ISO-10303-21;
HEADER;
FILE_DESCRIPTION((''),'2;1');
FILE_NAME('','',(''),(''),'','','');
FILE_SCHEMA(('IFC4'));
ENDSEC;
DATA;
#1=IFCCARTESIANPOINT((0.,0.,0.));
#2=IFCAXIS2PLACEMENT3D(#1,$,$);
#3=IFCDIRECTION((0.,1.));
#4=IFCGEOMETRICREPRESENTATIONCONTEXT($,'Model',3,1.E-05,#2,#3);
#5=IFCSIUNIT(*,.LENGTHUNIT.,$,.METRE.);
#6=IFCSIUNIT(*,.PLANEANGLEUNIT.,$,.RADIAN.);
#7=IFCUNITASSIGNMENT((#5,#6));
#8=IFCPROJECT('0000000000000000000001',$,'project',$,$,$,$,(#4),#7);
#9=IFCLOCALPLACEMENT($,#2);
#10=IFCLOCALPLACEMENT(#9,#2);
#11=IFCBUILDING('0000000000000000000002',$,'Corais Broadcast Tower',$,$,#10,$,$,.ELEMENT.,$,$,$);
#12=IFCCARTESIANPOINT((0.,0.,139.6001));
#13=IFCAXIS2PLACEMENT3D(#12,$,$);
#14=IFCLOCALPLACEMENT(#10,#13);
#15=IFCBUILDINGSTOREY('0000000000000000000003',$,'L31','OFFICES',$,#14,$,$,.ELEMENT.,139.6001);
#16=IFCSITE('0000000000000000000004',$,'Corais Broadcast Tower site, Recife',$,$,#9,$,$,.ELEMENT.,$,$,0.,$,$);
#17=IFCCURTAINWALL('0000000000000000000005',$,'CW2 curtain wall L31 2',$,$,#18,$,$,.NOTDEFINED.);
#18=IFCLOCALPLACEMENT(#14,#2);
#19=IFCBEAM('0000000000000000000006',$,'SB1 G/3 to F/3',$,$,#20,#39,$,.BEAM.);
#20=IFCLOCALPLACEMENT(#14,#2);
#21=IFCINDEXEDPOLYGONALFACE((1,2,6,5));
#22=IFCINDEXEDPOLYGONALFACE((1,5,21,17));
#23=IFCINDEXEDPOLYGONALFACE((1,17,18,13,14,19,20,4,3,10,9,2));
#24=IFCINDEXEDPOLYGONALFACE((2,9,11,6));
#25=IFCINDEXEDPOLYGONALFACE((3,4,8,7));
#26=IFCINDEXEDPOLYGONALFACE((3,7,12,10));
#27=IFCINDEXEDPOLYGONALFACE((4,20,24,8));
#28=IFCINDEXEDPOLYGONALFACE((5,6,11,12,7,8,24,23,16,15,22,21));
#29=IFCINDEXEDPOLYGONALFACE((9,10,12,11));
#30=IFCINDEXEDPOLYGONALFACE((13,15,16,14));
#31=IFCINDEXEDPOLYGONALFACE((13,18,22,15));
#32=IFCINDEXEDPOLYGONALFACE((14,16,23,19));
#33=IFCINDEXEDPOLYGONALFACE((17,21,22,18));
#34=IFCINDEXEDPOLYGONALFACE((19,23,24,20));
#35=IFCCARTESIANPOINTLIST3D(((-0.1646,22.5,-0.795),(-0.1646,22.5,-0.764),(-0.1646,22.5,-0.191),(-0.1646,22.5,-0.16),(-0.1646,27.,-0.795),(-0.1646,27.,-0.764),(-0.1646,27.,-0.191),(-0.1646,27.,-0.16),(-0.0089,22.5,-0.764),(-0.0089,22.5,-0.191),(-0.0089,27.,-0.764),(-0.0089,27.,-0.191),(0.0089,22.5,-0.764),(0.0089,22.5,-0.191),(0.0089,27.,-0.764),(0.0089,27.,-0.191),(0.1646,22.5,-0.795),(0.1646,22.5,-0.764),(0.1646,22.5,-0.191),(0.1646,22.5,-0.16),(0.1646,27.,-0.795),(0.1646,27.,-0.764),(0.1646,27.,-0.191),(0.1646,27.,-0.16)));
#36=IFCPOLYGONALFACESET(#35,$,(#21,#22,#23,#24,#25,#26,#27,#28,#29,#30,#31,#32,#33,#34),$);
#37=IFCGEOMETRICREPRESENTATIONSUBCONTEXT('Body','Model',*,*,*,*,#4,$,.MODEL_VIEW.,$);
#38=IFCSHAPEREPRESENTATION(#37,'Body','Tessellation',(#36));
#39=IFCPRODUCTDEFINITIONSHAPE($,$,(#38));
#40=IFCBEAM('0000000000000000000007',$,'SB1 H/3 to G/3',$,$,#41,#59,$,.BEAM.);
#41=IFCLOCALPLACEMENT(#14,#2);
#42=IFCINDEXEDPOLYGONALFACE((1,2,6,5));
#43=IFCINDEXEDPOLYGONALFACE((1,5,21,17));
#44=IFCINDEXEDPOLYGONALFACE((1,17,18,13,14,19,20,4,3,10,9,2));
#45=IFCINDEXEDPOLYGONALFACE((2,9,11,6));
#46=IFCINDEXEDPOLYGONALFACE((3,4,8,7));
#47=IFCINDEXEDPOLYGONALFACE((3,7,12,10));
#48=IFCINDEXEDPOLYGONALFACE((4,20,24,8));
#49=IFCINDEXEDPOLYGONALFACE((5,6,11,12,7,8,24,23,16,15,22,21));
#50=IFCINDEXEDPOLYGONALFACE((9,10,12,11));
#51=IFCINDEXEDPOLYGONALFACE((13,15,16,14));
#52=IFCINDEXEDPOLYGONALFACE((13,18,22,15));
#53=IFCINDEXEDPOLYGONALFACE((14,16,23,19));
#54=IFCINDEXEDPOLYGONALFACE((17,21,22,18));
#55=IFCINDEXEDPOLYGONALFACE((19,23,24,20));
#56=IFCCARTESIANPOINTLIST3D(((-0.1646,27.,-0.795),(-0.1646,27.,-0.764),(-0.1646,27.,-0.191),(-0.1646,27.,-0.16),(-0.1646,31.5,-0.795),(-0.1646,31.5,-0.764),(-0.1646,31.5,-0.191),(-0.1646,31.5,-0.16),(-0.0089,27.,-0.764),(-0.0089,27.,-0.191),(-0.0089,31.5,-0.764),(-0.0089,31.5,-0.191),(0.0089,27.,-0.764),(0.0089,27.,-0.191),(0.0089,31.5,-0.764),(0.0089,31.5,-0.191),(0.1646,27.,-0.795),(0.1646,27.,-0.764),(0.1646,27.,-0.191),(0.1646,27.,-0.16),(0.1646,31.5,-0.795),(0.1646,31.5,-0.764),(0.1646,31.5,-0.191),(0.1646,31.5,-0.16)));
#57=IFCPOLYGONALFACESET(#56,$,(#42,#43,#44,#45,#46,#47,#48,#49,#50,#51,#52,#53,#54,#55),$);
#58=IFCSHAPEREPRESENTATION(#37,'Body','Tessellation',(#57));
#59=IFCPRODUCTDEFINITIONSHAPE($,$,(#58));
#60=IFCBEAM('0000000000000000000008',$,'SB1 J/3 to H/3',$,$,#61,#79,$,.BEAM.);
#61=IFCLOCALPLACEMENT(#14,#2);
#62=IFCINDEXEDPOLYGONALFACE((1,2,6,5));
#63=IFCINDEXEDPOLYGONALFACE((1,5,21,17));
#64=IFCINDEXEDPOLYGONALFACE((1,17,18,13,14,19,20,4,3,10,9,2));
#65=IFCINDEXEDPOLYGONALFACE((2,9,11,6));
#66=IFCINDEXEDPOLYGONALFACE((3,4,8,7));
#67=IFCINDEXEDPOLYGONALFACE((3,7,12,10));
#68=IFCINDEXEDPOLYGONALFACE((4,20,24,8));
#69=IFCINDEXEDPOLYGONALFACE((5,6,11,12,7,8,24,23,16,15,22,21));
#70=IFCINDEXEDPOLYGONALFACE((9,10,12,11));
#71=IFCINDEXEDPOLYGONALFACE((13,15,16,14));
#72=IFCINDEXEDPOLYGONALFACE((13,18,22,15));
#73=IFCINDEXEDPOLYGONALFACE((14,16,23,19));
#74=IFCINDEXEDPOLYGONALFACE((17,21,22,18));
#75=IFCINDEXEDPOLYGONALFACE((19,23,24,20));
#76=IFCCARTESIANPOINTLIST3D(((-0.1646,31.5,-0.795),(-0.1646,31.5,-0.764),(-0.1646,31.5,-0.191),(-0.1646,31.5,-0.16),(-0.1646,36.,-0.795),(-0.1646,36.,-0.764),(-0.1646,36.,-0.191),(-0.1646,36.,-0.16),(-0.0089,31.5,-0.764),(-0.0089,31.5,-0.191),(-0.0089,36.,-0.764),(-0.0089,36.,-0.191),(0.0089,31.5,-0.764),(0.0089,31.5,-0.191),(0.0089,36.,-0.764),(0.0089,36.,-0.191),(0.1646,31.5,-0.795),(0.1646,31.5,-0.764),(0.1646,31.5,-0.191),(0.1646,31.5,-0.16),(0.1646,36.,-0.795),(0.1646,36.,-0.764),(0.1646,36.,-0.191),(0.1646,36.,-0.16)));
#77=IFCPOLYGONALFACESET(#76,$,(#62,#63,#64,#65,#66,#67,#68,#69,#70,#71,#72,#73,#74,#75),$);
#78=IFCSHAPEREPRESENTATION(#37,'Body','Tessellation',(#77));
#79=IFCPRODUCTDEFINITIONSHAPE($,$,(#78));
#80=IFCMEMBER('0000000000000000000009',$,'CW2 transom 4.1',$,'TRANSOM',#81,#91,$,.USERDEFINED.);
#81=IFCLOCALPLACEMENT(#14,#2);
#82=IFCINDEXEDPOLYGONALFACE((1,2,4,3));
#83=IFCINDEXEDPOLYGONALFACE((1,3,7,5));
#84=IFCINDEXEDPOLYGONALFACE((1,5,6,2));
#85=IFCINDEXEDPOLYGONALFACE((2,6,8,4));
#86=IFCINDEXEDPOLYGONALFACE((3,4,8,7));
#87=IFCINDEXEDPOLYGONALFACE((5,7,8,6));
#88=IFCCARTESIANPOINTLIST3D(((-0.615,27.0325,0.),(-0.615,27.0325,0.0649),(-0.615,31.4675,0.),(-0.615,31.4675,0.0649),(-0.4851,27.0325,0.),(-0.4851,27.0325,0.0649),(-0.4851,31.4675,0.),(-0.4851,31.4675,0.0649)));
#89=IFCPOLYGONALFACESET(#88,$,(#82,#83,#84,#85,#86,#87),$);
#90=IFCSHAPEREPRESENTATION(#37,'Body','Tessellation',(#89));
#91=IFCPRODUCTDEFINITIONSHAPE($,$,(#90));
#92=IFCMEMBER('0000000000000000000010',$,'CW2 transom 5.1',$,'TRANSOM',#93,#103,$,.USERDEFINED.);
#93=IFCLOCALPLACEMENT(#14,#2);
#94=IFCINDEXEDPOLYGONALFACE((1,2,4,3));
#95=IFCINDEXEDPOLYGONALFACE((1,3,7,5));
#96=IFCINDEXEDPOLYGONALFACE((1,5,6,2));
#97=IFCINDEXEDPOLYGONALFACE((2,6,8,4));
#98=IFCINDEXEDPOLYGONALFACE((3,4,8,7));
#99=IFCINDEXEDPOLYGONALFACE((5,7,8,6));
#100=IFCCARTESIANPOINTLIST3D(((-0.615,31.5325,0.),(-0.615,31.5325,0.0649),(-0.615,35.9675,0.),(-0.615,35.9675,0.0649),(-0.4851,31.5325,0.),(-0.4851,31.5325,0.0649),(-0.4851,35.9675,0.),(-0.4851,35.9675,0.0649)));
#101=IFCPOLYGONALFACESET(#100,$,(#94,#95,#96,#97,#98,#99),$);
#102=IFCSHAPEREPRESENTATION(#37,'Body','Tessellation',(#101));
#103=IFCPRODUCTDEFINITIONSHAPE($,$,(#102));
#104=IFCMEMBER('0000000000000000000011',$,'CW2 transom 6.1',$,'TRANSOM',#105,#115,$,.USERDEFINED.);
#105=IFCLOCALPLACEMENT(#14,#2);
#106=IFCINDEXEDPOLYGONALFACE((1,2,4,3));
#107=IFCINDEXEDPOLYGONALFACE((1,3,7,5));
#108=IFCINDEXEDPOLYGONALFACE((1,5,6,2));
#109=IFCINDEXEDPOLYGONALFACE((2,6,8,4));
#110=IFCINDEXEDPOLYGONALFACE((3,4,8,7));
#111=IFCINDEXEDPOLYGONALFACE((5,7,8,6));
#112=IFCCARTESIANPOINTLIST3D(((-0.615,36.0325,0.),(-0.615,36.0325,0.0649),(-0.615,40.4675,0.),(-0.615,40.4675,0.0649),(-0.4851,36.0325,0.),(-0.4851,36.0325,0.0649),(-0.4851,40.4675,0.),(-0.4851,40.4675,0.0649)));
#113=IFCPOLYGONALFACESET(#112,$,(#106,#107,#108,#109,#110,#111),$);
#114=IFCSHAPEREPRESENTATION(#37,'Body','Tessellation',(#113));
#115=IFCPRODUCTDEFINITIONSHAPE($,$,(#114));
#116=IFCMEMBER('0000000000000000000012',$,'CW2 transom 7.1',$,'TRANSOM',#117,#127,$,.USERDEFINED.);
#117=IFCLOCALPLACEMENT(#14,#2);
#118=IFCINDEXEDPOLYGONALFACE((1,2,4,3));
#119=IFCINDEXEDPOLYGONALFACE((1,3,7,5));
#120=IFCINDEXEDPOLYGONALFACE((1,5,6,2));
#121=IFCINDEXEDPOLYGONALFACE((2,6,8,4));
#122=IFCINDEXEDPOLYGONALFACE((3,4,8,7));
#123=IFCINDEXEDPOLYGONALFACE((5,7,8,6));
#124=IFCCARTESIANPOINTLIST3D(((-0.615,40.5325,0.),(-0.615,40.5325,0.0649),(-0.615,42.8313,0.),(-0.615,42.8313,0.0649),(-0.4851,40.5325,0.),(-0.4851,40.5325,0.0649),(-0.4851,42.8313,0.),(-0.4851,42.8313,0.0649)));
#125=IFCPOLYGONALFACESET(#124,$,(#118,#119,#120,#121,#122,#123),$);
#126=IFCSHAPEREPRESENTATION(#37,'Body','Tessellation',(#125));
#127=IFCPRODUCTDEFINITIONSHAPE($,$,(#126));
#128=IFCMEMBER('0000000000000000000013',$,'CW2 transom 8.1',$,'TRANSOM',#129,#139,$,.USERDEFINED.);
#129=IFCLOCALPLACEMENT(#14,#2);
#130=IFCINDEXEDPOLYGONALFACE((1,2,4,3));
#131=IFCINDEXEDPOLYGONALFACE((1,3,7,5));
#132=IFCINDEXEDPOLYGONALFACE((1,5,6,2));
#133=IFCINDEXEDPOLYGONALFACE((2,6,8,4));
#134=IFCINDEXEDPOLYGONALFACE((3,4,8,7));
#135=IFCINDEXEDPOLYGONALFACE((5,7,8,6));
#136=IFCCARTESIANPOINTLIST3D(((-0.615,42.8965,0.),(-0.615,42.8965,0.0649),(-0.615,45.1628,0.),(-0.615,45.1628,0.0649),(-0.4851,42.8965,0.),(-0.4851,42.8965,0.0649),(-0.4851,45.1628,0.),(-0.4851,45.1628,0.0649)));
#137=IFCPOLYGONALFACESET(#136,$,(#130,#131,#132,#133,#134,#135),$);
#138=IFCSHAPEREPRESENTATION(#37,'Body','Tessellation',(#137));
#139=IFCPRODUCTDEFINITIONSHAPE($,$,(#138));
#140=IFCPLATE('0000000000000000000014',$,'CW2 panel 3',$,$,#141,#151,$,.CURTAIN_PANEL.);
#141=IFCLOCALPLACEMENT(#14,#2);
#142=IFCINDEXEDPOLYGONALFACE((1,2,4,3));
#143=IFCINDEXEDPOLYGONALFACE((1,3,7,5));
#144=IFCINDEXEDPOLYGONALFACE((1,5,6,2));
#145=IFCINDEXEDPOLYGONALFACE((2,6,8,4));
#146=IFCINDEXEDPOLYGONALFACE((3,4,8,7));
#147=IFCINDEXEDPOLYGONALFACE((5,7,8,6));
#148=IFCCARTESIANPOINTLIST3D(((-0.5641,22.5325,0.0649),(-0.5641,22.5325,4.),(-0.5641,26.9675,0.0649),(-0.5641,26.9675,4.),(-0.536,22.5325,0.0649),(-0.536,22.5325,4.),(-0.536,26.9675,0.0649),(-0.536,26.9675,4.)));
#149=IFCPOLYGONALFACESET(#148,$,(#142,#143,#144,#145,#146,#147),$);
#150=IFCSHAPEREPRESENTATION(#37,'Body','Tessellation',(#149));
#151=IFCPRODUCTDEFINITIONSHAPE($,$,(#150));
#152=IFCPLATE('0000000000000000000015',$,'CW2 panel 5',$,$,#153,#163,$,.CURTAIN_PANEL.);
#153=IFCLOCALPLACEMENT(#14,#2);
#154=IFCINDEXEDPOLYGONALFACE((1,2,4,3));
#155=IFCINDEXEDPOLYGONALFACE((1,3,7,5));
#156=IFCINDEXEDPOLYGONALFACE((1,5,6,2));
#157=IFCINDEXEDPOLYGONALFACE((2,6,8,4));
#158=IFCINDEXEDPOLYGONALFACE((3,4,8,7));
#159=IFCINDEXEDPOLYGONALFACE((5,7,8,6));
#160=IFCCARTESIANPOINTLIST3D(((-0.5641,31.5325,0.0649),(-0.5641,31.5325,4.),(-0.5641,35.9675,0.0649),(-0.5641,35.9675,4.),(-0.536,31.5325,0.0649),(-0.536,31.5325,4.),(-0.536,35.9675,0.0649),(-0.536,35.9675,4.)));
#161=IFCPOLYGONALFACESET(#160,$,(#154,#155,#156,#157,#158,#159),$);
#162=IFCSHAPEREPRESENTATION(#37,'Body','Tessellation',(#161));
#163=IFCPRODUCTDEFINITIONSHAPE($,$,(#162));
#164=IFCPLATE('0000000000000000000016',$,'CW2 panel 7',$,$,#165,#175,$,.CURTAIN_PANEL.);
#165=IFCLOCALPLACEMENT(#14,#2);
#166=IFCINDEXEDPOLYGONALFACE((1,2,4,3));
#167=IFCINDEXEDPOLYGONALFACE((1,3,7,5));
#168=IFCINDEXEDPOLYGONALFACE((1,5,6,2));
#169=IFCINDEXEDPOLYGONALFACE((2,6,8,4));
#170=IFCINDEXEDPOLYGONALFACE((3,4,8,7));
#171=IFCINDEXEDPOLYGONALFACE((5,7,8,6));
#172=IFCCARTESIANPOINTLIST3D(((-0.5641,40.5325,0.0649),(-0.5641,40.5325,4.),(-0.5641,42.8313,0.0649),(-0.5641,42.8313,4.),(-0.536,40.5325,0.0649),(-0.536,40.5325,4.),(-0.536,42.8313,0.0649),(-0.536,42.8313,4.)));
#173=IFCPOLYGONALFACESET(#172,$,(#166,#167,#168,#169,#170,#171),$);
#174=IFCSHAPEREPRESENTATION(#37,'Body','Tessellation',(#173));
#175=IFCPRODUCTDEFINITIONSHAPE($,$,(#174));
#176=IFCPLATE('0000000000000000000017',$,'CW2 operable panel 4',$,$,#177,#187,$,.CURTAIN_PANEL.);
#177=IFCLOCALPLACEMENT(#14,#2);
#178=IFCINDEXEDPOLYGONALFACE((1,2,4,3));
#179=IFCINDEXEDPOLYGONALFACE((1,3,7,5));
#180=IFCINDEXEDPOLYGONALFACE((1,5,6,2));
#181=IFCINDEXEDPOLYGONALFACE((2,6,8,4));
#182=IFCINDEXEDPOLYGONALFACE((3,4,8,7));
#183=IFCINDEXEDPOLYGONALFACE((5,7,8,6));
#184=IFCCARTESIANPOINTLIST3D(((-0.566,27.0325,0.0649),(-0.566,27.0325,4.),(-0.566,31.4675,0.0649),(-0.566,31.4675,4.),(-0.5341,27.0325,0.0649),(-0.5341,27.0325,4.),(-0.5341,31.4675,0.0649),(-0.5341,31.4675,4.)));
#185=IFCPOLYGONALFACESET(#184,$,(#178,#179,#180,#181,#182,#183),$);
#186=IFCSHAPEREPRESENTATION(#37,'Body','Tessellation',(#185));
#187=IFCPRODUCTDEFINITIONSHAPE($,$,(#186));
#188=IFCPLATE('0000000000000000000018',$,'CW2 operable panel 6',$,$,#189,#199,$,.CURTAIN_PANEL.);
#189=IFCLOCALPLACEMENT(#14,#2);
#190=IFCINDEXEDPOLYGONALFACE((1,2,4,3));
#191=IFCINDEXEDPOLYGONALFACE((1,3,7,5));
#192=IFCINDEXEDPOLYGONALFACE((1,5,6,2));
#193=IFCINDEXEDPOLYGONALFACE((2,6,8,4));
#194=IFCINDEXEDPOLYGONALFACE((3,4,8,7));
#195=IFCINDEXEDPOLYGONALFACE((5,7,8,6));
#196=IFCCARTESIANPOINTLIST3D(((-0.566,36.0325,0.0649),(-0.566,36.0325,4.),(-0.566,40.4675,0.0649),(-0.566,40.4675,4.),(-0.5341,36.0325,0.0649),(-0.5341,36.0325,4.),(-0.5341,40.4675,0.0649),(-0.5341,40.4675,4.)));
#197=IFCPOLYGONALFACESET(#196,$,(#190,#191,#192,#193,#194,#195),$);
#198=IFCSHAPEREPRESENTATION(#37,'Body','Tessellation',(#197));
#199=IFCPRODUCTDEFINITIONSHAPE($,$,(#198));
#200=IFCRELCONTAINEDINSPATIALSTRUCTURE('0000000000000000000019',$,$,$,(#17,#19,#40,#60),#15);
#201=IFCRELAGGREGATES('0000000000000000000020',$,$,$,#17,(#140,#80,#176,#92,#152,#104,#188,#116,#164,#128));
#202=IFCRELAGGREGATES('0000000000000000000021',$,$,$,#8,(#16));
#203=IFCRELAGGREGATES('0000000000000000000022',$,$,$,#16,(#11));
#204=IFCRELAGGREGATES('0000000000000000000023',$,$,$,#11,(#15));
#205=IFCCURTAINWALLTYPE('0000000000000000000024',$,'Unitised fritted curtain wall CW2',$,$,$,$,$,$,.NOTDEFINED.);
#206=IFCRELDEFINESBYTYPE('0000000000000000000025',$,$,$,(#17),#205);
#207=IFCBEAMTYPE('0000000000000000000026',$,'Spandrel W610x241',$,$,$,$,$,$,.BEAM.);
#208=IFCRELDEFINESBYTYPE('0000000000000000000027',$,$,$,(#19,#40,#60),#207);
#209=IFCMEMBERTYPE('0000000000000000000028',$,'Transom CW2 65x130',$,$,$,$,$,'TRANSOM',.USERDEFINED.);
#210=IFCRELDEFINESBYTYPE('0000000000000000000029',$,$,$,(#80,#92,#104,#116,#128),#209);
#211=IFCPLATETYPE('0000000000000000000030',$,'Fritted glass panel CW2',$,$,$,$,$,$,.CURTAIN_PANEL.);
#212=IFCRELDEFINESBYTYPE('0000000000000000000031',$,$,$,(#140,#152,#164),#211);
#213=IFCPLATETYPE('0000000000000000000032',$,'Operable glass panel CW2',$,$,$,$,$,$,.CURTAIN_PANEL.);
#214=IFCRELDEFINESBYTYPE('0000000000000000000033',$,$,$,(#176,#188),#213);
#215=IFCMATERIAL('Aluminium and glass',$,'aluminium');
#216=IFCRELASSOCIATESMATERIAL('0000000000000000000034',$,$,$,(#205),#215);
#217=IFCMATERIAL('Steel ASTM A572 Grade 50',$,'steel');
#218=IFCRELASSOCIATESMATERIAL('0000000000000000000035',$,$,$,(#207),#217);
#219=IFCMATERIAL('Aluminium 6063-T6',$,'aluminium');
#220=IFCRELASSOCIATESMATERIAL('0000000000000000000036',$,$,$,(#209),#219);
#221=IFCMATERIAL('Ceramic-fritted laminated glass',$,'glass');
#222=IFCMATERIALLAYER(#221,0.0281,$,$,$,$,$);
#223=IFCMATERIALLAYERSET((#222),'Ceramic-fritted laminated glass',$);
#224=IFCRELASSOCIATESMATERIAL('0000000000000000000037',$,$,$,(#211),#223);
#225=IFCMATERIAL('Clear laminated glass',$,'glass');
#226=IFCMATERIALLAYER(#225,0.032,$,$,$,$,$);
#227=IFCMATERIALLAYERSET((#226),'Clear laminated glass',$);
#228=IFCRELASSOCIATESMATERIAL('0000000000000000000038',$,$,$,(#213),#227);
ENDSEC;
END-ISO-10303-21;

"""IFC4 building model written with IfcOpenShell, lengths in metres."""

from ifc_helpers import new_model, si_unit, direction, frame, origin, origin_2d, place, context, subcontext, project, spatial, rectangle, i_section, extrude, material, layer, layer_set, material_profile, profile_set, type_object, element, aggregate, save


model = new_model("IFC4")

# Units and contexts
model_context = context("Model", 3, precision=1e-05, world=origin(), true_north=direction((0.0, 1.0)))
body_context = subcontext(model_context, "Body", "Model", "MODEL_VIEW")
ifc_project = project(units=[si_unit("LENGTHUNIT", "METRE"), si_unit("PLANEANGLEUNIT", "RADIAN")], contexts=[model_context])

# Site, building, storey
site_placement = place(None, origin())
site = spatial("IfcSite", under=ifc_project, at=site_placement, Name="Corais Broadcast Tower site, Recife", CompositionType="ELEMENT", RefElevation=0.0)
building_placement = place(site_placement, origin())
building = spatial("IfcBuilding", under=site, at=building_placement, Name="Corais Broadcast Tower", CompositionType="ELEMENT")
storey_placement = place(building_placement, frame((0.0, 0.0, 139.6001)))
storey = spatial("IfcBuildingStorey", under=building, at=storey_placement, Name="L31", Description="OFFICES", CompositionType="ELEMENT", Elevation=139.6001)

# Curtain wall
ifc_material_1 = material(Name="Aluminium and glass", Category="aluminium")
curtain_wall_type = type_object("IfcCurtainWallType", Name="Unitised fritted curtain wall CW2", PredefinedType="NOTDEFINED", material=ifc_material_1)
curtain_wall_placement = place(storey_placement, origin())
curtain_wall = element("IfcCurtainWall", 1, at=curtain_wall_placement, inside=storey, type_object=curtain_wall_type, Name="CW2 curtain wall L31 2", PredefinedType="NOTDEFINED")

# Beams
ifc_material_2 = material(Name="Steel ASTM A572 Grade 50", Category="steel")
ifc_material_profile_1 = material_profile(ifc_material_2, i_section(OverallWidth=0.3291, OverallDepth=0.635, WebThickness=0.0178, FlangeThickness=0.031, at=origin_2d()), Name="W610x241")
ifc_profile_set_1 = profile_set([ifc_material_profile_1], Name="Steel ASTM A572 Grade 50")
beam_type_1 = type_object("IfcBeamType", Name="Spandrel W610x241", PredefinedType="BEAM", material=ifc_profile_set_1)
for number, where, z_axis, x_axis, name in (
    (2, (0.0, 27.0, -0.4775), (0.0, -1.0, 0.0), (1.0, 0.0, 0.0), "SB1 G/3 to F/3"),
    (3, (0.0, 31.5, -0.4775), (0.0, -1.0, 0.0), (1.0, 0.0, 0.0), "SB1 H/3 to G/3"),
    (4, (0.0, 36.0, -0.4775), (0.0, -1.0, 0.0), (1.0, 0.0, 0.0), "SB1 J/3 to H/3"),
):
    element("IfcBeam", number, at=place(storey_placement, frame(where, z_axis=z_axis, x_axis=x_axis)), inside=storey, type_object=beam_type_1, Name=name, PredefinedType="BEAM", context=body_context, shape_type="SweptSolid", body=[
        extrude(i_section(OverallWidth=0.3291, OverallDepth=0.635, WebThickness=0.0178, FlangeThickness=0.031, at=origin_2d()), origin(), (0.0, 0.0, 1.0), 4.5),
    ])

# Members
ifc_material_3 = material(Name="Aluminium 6063-T6", Category="aluminium")
ifc_material_profile_2 = material_profile(ifc_material_3, rectangle(XDim=0.1299, YDim=0.0649, at=origin_2d()), Name="Transom CW2 65x130")
ifc_profile_set_2 = profile_set([ifc_material_profile_2], Name="Aluminium 6063-T6")
member_type_1 = type_object("IfcMemberType", Name="Transom CW2 65x130", ElementType="TRANSOM", PredefinedType="USERDEFINED", material=ifc_profile_set_2)
member_1_placement = place(storey_placement, frame((-0.55, 27.0325, 0.0325), z_axis=(0.0, 1.0, 0.0), x_axis=(-1.0, 0.0, 0.0)))
member_1 = element("IfcMember", 5, at=member_1_placement, type_object=member_type_1, Name="CW2 transom 4.1", ObjectType="TRANSOM", PredefinedType="USERDEFINED", context=body_context, shape_type="SweptSolid", body=[
    extrude(rectangle(XDim=0.1299, YDim=0.0649, at=origin_2d()), origin(), (0.0, 0.0, 1.0), 4.4351),
])
member_2_placement = place(storey_placement, frame((-0.55, 31.5325, 0.0325), z_axis=(0.0, 1.0, 0.0), x_axis=(-1.0, 0.0, 0.0)))
member_2 = element("IfcMember", 6, at=member_2_placement, type_object=member_type_1, Name="CW2 transom 5.1", ObjectType="TRANSOM", PredefinedType="USERDEFINED", context=body_context, shape_type="SweptSolid", body=[
    extrude(rectangle(XDim=0.1299, YDim=0.0649, at=origin_2d()), origin(), (0.0, 0.0, 1.0), 4.4351),
])
member_3_placement = place(storey_placement, frame((-0.55, 36.0325, 0.0325), z_axis=(0.0, 1.0, 0.0), x_axis=(-1.0, 0.0, 0.0)))
member_3 = element("IfcMember", 7, at=member_3_placement, type_object=member_type_1, Name="CW2 transom 6.1", ObjectType="TRANSOM", PredefinedType="USERDEFINED", context=body_context, shape_type="SweptSolid", body=[
    extrude(rectangle(XDim=0.1299, YDim=0.0649, at=origin_2d()), origin(), (0.0, 0.0, 1.0), 4.4351),
])
member_4_placement = place(storey_placement, frame((-0.55, 40.5325, 0.0325), z_axis=(0.0, 1.0, 0.0), x_axis=(-1.0, 0.0, 0.0)))
member_4 = element("IfcMember", 8, at=member_4_placement, type_object=member_type_1, Name="CW2 transom 7.1", ObjectType="TRANSOM", PredefinedType="USERDEFINED", context=body_context, shape_type="SweptSolid", body=[
    extrude(rectangle(XDim=0.1299, YDim=0.0649, at=origin_2d()), origin(), (0.0, 0.0, 1.0), 2.2988),
])
member_5_placement = place(storey_placement, frame((-0.55, 42.8965, 0.0325), z_axis=(0.0, 1.0, 0.0), x_axis=(-1.0, 0.0, 0.0)))
member_5 = element("IfcMember", 9, at=member_5_placement, type_object=member_type_1, Name="CW2 transom 8.1", ObjectType="TRANSOM", PredefinedType="USERDEFINED", context=body_context, shape_type="SweptSolid", body=[
    extrude(rectangle(XDim=0.1299, YDim=0.0649, at=origin_2d()), origin(), (0.0, 0.0, 1.0), 2.2664),
])

# Plates
ifc_material_4 = material(Name="Ceramic-fritted laminated glass", Category="glass")
ifc_layer_1 = layer(ifc_material_4, 0.0281)
ifc_layer_set_1 = layer_set([ifc_layer_1], Name="Ceramic-fritted laminated glass")
plate_type_1 = type_object("IfcPlateType", Name="Fritted glass panel CW2", PredefinedType="CURTAIN_PANEL", material=ifc_layer_set_1)
plate_1_placement = place(storey_placement, frame((-0.55, 24.75, 0.0649), z_axis=(0.0, 0.0, 1.0), x_axis=(0.0, 1.0, 0.0)))
plate_1 = element("IfcPlate", 10, at=plate_1_placement, type_object=plate_type_1, Name="CW2 panel 3", PredefinedType="CURTAIN_PANEL", context=body_context, shape_type="SweptSolid", body=[
    extrude(rectangle(XDim=4.4351, YDim=0.0281, at=origin_2d()), origin(), (0.0, 0.0, 1.0), 3.9351),
])
plate_2_placement = place(storey_placement, frame((-0.55, 33.75, 0.0649), z_axis=(0.0, 0.0, 1.0), x_axis=(0.0, 1.0, 0.0)))
plate_2 = element("IfcPlate", 11, at=plate_2_placement, type_object=plate_type_1, Name="CW2 panel 5", PredefinedType="CURTAIN_PANEL", context=body_context, shape_type="SweptSolid", body=[
    extrude(rectangle(XDim=4.4351, YDim=0.0281, at=origin_2d()), origin(), (0.0, 0.0, 1.0), 3.9351),
])
plate_3_placement = place(storey_placement, frame((-0.55, 41.6819, 0.0649), z_axis=(0.0, 0.0, 1.0), x_axis=(0.0, 1.0, 0.0)))
plate_3 = element("IfcPlate", 12, at=plate_3_placement, type_object=plate_type_1, Name="CW2 panel 7", PredefinedType="CURTAIN_PANEL", context=body_context, shape_type="SweptSolid", body=[
    extrude(rectangle(XDim=2.2988, YDim=0.0281, at=origin_2d()), origin(), (0.0, 0.0, 1.0), 3.9351),
])
ifc_material_5 = material(Name="Clear laminated glass", Category="glass")
ifc_layer_2 = layer(ifc_material_5, 0.032)
ifc_layer_set_2 = layer_set([ifc_layer_2], Name="Clear laminated glass")
plate_type_2 = type_object("IfcPlateType", Name="Operable glass panel CW2", PredefinedType="CURTAIN_PANEL", material=ifc_layer_set_2)
plate_4_placement = place(storey_placement, frame((-0.55, 29.25, 0.0649), z_axis=(0.0, 0.0, 1.0), x_axis=(0.0, 1.0, 0.0)))
plate_4 = element("IfcPlate", 13, at=plate_4_placement, type_object=plate_type_2, Name="CW2 operable panel 4", PredefinedType="CURTAIN_PANEL", context=body_context, shape_type="SweptSolid", body=[
    extrude(rectangle(XDim=4.4351, YDim=0.032, at=origin_2d()), origin(), (0.0, 0.0, 1.0), 3.9351),
])
plate_5_placement = place(storey_placement, frame((-0.55, 38.25, 0.0649), z_axis=(0.0, 0.0, 1.0), x_axis=(0.0, 1.0, 0.0)))
plate_5 = element("IfcPlate", 14, at=plate_5_placement, type_object=plate_type_2, Name="CW2 operable panel 6", PredefinedType="CURTAIN_PANEL", context=body_context, shape_type="SweptSolid", body=[
    extrude(rectangle(XDim=4.4351, YDim=0.032, at=origin_2d()), origin(), (0.0, 0.0, 1.0), 3.9351),
])
aggregate(curtain_wall, [plate_1, member_1, plate_4, member_2, plate_2, member_3, plate_5, member_4, plate_3, member_5])

save(model, "model.ifc")
